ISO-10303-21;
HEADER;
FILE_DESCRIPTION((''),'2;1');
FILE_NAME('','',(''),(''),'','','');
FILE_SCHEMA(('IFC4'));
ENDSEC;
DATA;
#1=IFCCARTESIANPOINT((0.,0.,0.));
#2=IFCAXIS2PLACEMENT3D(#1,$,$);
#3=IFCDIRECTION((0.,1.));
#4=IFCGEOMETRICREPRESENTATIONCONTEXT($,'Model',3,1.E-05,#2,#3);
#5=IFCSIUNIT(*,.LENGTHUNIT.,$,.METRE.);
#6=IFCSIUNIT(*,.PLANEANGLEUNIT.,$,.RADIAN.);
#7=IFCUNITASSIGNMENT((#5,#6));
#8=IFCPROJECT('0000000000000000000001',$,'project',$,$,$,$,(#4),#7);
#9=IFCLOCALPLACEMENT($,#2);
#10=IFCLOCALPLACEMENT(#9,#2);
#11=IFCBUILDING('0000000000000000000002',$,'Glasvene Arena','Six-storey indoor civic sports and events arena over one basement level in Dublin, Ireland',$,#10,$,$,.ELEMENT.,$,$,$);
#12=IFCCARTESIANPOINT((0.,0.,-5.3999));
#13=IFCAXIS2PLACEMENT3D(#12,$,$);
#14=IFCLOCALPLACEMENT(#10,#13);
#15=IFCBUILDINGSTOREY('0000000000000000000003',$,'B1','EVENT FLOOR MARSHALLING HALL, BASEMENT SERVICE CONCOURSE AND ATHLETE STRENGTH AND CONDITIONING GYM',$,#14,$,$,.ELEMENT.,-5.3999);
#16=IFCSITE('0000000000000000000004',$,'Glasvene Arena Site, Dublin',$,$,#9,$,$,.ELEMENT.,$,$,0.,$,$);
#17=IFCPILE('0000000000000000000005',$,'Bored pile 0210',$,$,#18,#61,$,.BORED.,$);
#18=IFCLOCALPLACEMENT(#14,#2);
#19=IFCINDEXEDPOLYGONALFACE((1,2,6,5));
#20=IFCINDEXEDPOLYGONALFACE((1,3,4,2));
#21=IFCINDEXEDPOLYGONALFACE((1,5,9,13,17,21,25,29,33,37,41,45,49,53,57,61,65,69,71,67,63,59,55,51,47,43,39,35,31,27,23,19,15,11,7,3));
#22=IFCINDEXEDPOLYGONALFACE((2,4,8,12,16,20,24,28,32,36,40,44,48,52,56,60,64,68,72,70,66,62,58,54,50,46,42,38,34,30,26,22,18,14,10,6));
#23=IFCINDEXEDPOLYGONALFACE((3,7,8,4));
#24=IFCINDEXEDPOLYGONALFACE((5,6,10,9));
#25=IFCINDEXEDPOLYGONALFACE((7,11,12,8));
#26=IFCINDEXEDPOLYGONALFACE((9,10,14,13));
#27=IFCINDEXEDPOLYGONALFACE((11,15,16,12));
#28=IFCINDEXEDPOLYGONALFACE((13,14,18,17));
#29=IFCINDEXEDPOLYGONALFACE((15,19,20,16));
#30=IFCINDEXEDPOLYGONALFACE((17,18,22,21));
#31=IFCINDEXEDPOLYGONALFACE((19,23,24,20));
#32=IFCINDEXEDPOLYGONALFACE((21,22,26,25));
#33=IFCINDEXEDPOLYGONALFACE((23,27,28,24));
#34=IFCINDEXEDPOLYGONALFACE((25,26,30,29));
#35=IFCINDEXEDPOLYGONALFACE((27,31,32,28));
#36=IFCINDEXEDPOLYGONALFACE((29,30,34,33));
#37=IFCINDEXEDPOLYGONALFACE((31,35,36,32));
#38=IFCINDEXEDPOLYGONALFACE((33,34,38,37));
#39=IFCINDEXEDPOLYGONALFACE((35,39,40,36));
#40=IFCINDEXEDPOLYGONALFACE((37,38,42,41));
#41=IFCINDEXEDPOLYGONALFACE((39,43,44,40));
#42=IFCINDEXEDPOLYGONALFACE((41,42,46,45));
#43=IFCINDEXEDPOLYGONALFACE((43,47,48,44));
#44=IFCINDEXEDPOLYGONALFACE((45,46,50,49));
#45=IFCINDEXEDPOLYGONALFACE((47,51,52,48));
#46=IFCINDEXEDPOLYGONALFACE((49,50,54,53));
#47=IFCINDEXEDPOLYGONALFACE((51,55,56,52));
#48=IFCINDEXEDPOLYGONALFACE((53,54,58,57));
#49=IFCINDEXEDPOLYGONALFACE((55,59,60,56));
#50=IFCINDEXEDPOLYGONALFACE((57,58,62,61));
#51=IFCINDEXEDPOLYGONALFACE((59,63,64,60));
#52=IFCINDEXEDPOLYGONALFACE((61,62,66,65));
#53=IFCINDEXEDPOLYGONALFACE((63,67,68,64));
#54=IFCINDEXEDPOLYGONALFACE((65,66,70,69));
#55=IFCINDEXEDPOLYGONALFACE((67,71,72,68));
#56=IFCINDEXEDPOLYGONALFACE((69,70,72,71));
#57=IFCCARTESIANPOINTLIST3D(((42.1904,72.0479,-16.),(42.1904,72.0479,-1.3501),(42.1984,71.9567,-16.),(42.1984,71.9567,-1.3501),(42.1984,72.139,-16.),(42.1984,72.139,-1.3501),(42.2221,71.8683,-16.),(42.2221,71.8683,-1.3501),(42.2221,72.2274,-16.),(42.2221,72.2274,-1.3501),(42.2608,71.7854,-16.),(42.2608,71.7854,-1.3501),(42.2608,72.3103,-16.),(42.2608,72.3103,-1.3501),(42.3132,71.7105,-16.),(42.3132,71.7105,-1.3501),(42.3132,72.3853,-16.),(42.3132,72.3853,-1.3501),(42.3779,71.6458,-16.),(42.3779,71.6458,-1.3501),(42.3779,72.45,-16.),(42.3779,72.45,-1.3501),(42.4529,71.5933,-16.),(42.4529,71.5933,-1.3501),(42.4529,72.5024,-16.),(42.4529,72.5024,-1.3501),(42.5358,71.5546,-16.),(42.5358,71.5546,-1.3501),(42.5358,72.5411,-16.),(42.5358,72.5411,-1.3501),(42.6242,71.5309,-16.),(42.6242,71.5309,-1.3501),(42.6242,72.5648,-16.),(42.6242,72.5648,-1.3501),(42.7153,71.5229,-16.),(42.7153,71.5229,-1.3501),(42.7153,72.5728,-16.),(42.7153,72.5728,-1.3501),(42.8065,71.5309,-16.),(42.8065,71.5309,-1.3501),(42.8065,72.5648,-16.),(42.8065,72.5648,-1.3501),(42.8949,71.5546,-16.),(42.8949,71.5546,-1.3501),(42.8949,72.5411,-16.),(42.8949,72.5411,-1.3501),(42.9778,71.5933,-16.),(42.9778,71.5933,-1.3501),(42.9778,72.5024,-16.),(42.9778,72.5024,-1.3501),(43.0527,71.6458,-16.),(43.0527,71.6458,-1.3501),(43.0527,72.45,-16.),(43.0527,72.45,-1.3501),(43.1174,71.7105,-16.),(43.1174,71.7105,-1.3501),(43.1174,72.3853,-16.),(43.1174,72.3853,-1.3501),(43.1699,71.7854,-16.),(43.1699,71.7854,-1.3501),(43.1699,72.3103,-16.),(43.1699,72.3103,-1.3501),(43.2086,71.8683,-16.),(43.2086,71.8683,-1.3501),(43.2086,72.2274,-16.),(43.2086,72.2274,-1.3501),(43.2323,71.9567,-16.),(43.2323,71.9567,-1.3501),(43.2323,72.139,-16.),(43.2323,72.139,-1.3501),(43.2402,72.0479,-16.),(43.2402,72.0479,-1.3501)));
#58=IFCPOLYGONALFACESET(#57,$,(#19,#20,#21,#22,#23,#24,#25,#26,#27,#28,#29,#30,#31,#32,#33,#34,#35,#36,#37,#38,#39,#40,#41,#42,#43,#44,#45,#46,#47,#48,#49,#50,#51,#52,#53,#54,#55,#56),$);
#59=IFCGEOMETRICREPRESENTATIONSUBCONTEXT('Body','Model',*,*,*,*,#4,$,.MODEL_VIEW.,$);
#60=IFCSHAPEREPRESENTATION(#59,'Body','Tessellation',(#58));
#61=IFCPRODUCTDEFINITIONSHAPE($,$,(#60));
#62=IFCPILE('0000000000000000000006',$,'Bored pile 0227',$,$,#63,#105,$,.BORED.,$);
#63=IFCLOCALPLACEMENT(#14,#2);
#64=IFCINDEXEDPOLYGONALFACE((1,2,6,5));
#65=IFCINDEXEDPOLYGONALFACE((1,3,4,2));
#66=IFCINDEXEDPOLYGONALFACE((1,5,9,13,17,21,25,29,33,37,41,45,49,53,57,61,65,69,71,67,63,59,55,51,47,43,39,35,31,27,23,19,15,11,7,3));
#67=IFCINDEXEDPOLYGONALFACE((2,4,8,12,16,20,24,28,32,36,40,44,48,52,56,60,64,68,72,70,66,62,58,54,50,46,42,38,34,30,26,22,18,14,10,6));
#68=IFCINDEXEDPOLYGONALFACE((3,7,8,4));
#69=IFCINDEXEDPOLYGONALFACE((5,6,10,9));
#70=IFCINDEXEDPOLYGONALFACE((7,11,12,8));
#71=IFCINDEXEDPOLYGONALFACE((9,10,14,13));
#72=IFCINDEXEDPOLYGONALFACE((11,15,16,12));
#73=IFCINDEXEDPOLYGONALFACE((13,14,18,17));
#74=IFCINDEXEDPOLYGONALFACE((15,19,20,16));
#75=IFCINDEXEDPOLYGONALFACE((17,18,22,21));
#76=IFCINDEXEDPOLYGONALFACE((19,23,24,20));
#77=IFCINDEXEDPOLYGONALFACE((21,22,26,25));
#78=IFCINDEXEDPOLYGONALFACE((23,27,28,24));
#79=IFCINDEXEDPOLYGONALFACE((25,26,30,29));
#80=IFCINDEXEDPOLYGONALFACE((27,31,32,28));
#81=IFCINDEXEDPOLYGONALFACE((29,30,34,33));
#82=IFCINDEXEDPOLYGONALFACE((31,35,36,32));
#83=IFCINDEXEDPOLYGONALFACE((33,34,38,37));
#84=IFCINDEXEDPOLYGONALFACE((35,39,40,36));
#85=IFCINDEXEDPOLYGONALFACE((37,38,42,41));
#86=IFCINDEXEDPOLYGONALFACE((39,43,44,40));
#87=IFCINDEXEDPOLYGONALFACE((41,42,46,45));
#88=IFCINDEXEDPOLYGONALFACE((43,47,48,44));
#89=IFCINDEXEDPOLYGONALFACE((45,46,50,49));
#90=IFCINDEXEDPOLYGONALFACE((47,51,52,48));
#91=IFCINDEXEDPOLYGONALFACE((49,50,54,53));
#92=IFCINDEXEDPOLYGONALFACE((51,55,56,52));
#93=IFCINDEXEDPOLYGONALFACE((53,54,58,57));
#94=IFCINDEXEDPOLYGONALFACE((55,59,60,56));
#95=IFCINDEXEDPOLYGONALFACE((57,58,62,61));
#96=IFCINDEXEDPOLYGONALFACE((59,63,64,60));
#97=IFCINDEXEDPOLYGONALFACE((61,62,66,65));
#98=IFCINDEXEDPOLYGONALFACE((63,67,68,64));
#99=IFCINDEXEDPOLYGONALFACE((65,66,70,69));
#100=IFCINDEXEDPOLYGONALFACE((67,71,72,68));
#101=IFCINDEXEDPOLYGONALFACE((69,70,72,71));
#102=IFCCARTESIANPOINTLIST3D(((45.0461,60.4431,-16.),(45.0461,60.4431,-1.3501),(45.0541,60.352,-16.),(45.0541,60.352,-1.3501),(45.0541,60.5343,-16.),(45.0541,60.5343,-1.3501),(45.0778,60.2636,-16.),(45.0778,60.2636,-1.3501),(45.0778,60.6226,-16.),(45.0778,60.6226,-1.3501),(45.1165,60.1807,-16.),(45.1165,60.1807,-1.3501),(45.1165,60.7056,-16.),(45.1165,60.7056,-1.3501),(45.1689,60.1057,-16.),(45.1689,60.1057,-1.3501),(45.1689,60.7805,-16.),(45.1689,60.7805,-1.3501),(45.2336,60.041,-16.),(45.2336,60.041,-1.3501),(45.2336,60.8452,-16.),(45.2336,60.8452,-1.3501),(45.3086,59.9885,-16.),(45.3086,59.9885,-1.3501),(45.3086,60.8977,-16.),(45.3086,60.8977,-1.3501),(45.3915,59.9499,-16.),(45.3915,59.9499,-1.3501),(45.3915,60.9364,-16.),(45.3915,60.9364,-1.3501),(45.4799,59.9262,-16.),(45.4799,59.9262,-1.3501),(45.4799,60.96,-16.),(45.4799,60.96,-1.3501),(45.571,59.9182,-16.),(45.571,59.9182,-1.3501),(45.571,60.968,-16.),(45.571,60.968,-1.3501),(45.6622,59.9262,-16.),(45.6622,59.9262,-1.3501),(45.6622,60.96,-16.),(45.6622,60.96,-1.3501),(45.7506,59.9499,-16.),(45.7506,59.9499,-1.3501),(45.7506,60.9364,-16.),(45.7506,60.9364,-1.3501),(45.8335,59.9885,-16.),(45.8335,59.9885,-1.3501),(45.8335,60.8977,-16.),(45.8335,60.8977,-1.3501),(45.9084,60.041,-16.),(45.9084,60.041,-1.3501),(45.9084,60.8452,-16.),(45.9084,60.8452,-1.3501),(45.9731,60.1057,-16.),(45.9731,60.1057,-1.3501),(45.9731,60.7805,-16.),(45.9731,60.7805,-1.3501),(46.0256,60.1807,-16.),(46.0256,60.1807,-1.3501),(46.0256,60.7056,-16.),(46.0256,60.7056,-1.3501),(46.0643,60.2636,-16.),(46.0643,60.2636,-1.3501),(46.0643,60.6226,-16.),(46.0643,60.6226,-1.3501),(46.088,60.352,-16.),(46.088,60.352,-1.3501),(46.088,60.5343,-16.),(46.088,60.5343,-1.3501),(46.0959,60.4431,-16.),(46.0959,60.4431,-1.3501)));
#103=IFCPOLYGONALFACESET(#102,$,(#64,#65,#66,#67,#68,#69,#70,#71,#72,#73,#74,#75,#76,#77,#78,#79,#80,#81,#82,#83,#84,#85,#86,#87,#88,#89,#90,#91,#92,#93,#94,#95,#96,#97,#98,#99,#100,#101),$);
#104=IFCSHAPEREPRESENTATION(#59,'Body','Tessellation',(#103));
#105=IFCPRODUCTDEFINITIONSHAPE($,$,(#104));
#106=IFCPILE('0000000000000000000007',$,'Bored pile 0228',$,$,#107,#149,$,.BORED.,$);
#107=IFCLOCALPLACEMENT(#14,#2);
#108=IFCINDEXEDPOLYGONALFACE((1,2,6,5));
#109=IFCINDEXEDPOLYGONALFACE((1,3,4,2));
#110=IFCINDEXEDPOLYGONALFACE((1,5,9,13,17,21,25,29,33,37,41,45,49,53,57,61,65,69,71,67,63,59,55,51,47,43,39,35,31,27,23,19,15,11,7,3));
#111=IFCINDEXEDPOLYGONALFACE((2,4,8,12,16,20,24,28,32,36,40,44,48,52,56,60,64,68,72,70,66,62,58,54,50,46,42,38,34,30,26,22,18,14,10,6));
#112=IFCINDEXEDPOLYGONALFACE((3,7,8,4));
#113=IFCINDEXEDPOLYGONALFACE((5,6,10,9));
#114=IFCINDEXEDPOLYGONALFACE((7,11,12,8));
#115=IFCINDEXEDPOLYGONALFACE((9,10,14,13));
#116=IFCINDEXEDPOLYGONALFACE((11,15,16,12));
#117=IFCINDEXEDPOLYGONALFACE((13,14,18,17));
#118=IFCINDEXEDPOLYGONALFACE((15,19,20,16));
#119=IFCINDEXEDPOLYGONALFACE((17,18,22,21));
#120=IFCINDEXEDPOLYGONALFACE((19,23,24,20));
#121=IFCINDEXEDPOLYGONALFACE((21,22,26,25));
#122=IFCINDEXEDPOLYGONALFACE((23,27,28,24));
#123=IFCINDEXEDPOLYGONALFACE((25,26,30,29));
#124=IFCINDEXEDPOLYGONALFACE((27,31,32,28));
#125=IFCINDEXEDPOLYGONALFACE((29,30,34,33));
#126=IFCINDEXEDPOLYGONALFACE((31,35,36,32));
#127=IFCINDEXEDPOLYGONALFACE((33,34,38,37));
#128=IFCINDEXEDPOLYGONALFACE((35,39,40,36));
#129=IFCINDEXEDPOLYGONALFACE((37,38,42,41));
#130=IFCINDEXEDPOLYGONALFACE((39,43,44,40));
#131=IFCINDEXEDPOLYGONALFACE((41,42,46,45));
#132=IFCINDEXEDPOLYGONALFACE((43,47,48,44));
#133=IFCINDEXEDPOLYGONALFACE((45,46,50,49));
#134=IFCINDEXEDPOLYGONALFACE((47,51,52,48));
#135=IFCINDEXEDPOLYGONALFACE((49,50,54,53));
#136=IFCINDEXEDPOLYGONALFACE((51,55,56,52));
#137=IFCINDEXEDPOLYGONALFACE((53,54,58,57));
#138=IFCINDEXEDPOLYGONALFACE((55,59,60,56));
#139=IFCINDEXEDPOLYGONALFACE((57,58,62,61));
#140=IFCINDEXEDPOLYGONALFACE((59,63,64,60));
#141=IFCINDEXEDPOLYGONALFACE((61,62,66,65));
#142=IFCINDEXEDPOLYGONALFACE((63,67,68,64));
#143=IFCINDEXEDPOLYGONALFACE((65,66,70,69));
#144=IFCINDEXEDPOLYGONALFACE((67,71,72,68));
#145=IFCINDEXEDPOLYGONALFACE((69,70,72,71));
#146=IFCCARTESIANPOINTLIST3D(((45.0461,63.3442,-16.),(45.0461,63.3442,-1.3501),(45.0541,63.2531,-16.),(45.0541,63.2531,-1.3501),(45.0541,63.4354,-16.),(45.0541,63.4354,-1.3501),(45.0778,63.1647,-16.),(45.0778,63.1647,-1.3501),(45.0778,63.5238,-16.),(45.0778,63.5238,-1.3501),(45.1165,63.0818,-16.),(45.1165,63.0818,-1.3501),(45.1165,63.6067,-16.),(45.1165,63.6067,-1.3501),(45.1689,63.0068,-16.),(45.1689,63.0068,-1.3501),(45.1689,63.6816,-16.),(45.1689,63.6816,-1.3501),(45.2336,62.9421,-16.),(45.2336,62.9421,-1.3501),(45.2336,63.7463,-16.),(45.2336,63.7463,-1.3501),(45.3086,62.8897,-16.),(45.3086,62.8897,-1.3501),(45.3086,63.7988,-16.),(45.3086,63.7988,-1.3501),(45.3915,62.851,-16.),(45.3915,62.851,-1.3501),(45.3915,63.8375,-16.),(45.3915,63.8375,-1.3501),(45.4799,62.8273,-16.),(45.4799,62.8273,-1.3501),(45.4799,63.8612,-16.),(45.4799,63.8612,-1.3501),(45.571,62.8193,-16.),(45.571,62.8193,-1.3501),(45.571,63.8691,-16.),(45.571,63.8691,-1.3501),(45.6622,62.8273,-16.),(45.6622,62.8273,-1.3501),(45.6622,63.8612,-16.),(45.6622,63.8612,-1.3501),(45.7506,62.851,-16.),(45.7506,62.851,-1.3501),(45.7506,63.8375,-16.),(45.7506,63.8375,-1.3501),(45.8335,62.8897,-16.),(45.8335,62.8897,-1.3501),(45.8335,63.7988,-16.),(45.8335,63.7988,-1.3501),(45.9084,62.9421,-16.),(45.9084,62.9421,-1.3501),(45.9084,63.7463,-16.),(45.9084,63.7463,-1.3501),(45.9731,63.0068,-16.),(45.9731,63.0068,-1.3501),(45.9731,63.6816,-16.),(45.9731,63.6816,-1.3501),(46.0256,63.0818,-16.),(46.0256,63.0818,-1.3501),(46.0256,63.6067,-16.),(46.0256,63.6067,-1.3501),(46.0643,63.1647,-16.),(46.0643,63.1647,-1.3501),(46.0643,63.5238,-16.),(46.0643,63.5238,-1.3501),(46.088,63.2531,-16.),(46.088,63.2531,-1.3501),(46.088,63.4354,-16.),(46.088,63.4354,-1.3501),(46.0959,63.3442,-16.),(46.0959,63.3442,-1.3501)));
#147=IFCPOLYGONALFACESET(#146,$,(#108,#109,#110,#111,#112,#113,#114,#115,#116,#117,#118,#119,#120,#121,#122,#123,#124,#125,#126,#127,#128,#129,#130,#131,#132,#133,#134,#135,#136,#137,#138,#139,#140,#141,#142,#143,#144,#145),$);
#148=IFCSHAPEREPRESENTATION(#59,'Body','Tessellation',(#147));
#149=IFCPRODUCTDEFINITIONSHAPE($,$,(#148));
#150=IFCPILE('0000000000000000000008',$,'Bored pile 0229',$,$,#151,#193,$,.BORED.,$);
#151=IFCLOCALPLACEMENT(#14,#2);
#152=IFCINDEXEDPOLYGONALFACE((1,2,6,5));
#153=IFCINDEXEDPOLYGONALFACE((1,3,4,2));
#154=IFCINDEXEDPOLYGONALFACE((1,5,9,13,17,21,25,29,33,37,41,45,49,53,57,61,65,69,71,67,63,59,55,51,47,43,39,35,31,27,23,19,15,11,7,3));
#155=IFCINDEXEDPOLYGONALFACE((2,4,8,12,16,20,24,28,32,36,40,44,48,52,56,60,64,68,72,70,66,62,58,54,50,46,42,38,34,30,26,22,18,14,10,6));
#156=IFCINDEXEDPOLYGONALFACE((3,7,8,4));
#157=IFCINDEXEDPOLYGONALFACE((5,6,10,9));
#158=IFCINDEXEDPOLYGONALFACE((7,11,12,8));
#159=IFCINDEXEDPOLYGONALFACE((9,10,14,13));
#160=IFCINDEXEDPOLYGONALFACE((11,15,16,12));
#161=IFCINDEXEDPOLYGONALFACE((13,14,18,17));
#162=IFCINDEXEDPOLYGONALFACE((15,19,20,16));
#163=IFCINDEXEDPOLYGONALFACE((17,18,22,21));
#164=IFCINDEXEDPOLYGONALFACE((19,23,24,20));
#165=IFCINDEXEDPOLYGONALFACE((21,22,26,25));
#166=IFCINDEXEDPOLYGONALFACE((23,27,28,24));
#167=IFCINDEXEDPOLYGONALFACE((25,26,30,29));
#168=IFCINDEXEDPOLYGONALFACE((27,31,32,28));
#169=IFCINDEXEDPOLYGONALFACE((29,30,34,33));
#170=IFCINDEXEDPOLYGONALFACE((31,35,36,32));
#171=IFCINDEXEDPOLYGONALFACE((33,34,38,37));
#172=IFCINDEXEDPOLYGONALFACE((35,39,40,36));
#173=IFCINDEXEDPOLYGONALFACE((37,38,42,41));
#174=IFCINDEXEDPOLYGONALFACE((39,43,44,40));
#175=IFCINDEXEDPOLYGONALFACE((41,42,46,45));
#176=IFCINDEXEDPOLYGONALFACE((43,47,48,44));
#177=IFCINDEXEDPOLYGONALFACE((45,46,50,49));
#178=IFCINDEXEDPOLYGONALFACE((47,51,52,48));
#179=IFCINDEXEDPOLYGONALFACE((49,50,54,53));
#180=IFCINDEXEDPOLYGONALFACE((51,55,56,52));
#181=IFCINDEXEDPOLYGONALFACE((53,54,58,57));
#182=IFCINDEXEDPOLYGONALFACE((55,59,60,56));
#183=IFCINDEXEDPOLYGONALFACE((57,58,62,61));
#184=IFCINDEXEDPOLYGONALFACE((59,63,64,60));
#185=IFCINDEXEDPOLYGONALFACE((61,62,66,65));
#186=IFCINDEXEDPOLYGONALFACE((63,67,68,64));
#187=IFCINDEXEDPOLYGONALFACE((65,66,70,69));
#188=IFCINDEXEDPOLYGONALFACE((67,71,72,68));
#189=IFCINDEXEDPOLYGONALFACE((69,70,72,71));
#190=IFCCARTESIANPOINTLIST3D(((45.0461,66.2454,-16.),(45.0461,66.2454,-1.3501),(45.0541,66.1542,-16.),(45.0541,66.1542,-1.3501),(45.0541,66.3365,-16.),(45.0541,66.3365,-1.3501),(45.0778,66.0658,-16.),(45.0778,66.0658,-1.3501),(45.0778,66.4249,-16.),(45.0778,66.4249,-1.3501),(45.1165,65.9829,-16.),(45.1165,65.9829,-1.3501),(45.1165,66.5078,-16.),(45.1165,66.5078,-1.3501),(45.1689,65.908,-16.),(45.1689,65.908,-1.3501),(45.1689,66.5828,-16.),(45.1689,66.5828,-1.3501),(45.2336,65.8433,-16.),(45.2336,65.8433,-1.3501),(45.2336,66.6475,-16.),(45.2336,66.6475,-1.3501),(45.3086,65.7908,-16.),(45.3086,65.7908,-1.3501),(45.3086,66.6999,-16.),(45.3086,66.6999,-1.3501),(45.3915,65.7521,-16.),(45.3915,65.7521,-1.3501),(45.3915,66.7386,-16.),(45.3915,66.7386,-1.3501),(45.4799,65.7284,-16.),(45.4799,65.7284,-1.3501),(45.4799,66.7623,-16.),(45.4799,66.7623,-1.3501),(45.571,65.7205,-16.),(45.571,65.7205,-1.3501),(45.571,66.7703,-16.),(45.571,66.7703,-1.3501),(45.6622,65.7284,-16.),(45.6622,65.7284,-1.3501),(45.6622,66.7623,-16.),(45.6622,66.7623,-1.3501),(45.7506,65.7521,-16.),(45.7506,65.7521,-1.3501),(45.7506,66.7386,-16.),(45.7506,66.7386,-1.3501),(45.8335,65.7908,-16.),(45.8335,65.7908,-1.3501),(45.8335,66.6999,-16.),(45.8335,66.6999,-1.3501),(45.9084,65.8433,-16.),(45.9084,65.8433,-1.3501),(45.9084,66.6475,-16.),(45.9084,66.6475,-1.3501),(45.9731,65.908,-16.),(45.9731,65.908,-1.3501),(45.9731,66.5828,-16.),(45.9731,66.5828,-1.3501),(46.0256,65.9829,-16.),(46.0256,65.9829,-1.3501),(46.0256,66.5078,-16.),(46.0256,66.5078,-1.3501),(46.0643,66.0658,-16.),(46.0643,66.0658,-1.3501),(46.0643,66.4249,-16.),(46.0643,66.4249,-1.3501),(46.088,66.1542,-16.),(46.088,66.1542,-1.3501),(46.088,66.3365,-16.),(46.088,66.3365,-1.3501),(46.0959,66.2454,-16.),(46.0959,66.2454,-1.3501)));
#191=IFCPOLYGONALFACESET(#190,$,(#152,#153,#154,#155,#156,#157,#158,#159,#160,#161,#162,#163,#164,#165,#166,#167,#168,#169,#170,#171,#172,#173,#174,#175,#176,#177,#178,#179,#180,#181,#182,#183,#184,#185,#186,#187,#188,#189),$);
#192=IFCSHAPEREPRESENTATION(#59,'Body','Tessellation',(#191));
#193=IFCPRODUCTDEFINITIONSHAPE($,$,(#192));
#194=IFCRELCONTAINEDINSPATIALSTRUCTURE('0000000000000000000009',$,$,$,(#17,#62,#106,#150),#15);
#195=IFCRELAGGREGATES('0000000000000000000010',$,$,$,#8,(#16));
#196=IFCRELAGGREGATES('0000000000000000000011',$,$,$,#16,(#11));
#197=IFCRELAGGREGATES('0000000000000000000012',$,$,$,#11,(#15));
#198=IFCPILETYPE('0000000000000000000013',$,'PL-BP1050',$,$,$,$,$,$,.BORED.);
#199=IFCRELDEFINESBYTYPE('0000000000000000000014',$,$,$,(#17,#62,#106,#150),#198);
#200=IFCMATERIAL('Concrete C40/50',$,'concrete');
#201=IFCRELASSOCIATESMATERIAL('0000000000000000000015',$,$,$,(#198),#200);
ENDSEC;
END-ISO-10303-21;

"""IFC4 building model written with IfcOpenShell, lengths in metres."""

from ifc_helpers import new_model, si_unit, direction, frame, origin, origin_2d, place, context, subcontext, project, spatial, circle, extrude, material, material_profile, profile_set, type_object, element, save


model = new_model("IFC4")

# Units and contexts
model_context = context("Model", 3, precision=1e-05, world=origin(), true_north=direction((0.0, 1.0)))
body_context = subcontext(model_context, "Body", "Model", "MODEL_VIEW")
ifc_project = project(units=[si_unit("LENGTHUNIT", "METRE"), si_unit("PLANEANGLEUNIT", "RADIAN")], contexts=[model_context])

# Site, building, storey
site_placement = place(None, origin())
site = spatial("IfcSite", under=ifc_project, at=site_placement, Name="Glasvene Arena Site, Dublin", CompositionType="ELEMENT", RefElevation=0.0)
building_placement = place(site_placement, origin())
building = spatial("IfcBuilding", under=site, at=building_placement, Name="Glasvene Arena", Description="Six-storey indoor civic sports and events arena over one basement level in Dublin, Ireland", CompositionType="ELEMENT")
storey_placement = place(building_placement, frame((0.0, 0.0, -5.3999)))
storey = spatial("IfcBuildingStorey", under=building, at=storey_placement, Name="B1", Description="EVENT FLOOR MARSHALLING HALL, BASEMENT SERVICE CONCOURSE AND ATHLETE STRENGTH AND CONDITIONING GYM", CompositionType="ELEMENT", Elevation=-5.3999)

# Piles
ifc_material_1 = material(Name="Concrete C40/50", Category="concrete")
ifc_material_profile_1 = material_profile(ifc_material_1, circle(Radius=0.5249, at=origin_2d()), Name="BORED PILE 1050")
ifc_profile_set_1 = profile_set([ifc_material_profile_1], Name="Concrete C40/50")
pile_type = type_object("IfcPileType", Name="PL-BP1050", PredefinedType="BORED", material=ifc_profile_set_1)
for number, where, z_axis, x_axis, name in (
    (1, (42.7153, 72.0479, -1.3501), (0.0, 0.0, -1.0), (1.0, 0.0, 0.0), "Bored pile 0210"),
    (2, (45.571, 60.4431, -1.3501), (0.0, 0.0, -1.0), (1.0, 0.0, 0.0), "Bored pile 0227"),
    (3, (45.571, 63.3442, -1.3501), (0.0, 0.0, -1.0), (1.0, 0.0, 0.0), "Bored pile 0228"),
    (4, (45.571, 66.2454, -1.3501), (0.0, 0.0, -1.0), (1.0, 0.0, 0.0), "Bored pile 0229"),
):
    element("IfcPile", number, at=place(storey_placement, frame(where, z_axis=z_axis, x_axis=x_axis)), inside=storey, type_object=pile_type, Name=name, PredefinedType="BORED", context=body_context, shape_type="SweptSolid", body=[
        extrude(circle(Radius=0.5249, at=origin_2d()), origin(), (0.0, 0.0, 1.0), 14.6499),
    ])

save(model, "model.ifc")
